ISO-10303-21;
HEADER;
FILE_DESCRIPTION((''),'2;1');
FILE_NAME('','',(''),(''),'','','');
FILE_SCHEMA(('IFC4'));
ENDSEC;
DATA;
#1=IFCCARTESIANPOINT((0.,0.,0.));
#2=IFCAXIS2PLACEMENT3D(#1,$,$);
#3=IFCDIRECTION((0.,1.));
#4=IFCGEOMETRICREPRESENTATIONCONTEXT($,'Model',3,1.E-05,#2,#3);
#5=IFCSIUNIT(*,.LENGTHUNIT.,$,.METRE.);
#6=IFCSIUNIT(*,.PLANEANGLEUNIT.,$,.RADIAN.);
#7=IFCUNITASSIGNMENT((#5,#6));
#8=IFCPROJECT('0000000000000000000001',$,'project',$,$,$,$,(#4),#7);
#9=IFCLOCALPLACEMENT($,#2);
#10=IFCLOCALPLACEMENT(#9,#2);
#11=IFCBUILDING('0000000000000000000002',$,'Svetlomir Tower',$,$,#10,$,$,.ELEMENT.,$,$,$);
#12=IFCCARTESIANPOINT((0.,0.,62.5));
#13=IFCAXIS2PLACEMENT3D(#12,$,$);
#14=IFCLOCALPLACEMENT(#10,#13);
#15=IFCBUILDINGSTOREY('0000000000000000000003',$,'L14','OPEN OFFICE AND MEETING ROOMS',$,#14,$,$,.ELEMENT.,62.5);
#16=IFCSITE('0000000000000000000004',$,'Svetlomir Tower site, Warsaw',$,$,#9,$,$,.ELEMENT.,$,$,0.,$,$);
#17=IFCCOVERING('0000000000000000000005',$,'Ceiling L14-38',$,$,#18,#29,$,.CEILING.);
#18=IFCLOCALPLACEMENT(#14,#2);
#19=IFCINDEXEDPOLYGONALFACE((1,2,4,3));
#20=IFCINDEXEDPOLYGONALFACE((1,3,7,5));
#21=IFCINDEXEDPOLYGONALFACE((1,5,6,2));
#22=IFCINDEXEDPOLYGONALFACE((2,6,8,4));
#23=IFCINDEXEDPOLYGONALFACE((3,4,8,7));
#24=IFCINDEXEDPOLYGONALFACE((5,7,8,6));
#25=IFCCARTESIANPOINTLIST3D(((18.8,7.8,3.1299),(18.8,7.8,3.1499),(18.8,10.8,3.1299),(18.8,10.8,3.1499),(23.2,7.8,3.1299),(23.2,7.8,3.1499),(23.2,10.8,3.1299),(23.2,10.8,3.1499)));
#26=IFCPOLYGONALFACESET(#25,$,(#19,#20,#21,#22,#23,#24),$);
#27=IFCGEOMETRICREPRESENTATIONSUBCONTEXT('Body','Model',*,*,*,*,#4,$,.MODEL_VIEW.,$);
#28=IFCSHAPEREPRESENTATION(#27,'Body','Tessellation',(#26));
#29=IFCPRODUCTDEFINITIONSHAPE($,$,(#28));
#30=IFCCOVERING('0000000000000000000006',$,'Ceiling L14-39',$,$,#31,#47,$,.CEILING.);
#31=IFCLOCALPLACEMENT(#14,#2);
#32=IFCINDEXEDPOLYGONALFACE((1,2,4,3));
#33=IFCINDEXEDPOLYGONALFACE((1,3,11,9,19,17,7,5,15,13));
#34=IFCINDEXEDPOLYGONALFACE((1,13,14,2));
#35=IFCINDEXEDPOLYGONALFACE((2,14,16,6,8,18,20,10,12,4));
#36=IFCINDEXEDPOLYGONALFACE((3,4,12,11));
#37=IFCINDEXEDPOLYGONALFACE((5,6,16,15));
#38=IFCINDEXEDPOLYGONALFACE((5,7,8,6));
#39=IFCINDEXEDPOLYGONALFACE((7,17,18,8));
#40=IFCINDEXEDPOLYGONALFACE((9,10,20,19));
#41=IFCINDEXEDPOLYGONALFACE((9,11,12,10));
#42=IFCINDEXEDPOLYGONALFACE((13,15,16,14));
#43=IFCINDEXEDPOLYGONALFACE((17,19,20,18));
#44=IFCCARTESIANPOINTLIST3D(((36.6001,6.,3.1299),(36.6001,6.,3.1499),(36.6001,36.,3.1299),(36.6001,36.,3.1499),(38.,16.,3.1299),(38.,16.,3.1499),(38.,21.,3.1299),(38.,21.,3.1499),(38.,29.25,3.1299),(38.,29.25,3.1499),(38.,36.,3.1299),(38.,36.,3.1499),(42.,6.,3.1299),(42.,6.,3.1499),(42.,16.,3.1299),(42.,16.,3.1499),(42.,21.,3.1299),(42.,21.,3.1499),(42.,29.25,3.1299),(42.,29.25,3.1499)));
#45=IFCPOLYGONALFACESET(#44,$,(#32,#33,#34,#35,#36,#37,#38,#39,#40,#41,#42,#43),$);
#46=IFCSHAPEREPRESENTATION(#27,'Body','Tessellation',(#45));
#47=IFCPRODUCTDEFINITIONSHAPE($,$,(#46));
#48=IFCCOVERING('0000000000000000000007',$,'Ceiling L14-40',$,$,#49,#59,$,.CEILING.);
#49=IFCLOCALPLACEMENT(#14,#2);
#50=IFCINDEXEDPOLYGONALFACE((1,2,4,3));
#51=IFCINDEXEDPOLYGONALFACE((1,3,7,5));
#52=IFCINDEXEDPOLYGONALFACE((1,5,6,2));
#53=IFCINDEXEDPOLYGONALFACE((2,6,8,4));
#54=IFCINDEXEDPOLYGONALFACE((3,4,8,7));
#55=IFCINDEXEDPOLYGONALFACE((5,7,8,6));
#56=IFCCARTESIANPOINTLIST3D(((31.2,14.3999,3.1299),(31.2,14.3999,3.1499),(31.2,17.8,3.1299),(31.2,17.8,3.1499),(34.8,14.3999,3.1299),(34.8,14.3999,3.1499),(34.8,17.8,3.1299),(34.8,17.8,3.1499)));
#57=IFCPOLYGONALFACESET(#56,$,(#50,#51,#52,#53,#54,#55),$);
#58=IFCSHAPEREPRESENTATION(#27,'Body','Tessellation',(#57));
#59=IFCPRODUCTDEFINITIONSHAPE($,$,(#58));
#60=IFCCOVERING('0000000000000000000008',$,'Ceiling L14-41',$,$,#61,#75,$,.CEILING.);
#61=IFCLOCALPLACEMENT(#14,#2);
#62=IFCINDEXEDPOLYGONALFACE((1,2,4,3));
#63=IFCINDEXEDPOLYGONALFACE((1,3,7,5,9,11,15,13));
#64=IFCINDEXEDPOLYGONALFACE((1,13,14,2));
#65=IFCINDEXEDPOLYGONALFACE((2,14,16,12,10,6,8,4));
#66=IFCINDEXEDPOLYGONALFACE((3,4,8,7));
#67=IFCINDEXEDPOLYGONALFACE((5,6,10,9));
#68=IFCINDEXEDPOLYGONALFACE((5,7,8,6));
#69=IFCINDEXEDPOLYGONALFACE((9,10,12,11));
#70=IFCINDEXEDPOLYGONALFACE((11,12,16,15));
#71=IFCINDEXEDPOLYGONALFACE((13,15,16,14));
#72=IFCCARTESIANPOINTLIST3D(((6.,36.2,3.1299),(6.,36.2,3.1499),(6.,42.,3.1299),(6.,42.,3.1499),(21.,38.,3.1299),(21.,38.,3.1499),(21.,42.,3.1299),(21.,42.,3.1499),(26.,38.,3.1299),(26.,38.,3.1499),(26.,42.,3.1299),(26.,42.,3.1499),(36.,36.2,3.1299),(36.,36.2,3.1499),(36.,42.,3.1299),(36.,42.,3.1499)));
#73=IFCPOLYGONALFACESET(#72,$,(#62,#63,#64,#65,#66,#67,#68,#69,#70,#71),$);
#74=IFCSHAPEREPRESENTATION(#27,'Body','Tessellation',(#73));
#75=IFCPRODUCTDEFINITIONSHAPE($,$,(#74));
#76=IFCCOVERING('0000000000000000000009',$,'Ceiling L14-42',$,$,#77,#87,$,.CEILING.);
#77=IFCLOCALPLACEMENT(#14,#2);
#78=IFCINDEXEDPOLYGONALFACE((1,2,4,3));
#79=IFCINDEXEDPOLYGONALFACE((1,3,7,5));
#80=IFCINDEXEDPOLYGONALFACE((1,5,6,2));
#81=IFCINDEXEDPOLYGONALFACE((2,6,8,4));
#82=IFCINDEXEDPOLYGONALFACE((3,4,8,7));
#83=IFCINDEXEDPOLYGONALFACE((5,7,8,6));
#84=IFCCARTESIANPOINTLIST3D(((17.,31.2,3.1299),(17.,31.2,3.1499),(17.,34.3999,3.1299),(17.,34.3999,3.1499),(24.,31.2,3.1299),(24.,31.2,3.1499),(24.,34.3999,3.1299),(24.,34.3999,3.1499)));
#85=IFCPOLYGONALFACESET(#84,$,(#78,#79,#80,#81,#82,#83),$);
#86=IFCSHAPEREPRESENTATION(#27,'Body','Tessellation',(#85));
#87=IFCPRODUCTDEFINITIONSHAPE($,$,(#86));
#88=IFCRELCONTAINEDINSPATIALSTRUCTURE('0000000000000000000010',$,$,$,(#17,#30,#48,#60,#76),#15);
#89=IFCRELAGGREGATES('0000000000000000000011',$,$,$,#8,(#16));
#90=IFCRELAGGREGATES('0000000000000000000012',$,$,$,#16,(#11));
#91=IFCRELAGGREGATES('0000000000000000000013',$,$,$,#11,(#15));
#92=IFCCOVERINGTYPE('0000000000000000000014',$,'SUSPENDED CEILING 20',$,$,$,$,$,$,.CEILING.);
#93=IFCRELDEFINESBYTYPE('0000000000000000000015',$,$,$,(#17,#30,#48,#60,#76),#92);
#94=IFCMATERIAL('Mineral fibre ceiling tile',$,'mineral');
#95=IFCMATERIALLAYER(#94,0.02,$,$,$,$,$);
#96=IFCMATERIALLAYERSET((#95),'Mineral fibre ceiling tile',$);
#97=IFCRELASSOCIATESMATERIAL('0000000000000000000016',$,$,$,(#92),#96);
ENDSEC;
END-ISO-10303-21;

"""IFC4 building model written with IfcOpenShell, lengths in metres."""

from ifc_helpers import new_model, si_unit, direction, frame, origin, place, context, subcontext, project, spatial, polyline, outline, extrude, material, layer, layer_set, type_object, element, save


model = new_model("IFC4")

# Units and contexts
model_context = context("Model", 3, precision=1e-05, world=origin(), true_north=direction((0.0, 1.0)))
body_context = subcontext(model_context, "Body", "Model", "MODEL_VIEW")
ifc_project = project(units=[si_unit("LENGTHUNIT", "METRE"), si_unit("PLANEANGLEUNIT", "RADIAN")], contexts=[model_context])

# Site, building, storey
site_placement = place(None, origin())
site = spatial("IfcSite", under=ifc_project, at=site_placement, Name="Svetlomir Tower site, Warsaw", CompositionType="ELEMENT", RefElevation=0.0)
building_placement = place(site_placement, origin())
building = spatial("IfcBuilding", under=site, at=building_placement, Name="Svetlomir Tower", CompositionType="ELEMENT")
storey_placement = place(building_placement, frame((0.0, 0.0, 62.5)))
storey = spatial("IfcBuildingStorey", under=building, at=storey_placement, Name="L14", Description="OPEN OFFICE AND MEETING ROOMS", CompositionType="ELEMENT", Elevation=62.5)

# Coverings
ifc_material_1 = material(Name="Mineral fibre ceiling tile", Category="mineral")
ifc_layer_1 = layer(ifc_material_1, 0.02)
ifc_layer_set_1 = layer_set([ifc_layer_1], Name="Mineral fibre ceiling tile")
covering_type_1 = type_object("IfcCoveringType", Name="SUSPENDED CEILING 20", PredefinedType="CEILING", material=ifc_layer_set_1)
covering_1_placement = place(storey_placement, frame((0.0, 0.0, 3.1299)))
element("IfcCovering", 1, at=covering_1_placement, inside=storey, type_object=covering_type_1, Name="Ceiling L14-38", PredefinedType="CEILING", context=body_context, shape_type="SweptSolid", body=[
    extrude(outline(polyline([(23.2, 10.8), (23.2, 7.8), (18.8, 7.8), (18.8, 10.8), (23.2, 10.8)])), origin(), (0.0, 0.0, 1.0), 0.02),
])
covering_2_placement = place(storey_placement, frame((0.0, 0.0, 3.1299)))
element("IfcCovering", 2, at=covering_2_placement, inside=storey, type_object=covering_type_1, Name="Ceiling L14-39", PredefinedType="CEILING", context=body_context, shape_type="SweptSolid", body=[
    extrude(outline(polyline([(38.0, 29.25), (42.0, 29.25), (42.0, 21.0), (38.0, 21.0), (38.0, 16.0), (42.0, 16.0), (42.0, 6.0), (36.6001, 6.0), (36.6001, 36.0), (38.0, 36.0), (38.0, 29.25)])), origin(), (0.0, 0.0, 1.0), 0.02),
])
covering_3_placement = place(storey_placement, frame((0.0, 0.0, 3.1299)))
element("IfcCovering", 3, at=covering_3_placement, inside=storey, type_object=covering_type_1, Name="Ceiling L14-40", PredefinedType="CEILING", context=body_context, shape_type="SweptSolid", body=[
    extrude(outline(polyline([(31.2, 14.3999), (31.2, 17.8), (34.8, 17.8), (34.8, 14.3999), (31.2, 14.3999)])), origin(), (0.0, 0.0, 1.0), 0.02),
])
covering_4_placement = place(storey_placement, frame((0.0, 0.0, 3.1299)))
element("IfcCovering", 4, at=covering_4_placement, inside=storey, type_object=covering_type_1, Name="Ceiling L14-41", PredefinedType="CEILING", context=body_context, shape_type="SweptSolid", body=[
    extrude(outline(polyline([(21.0, 42.0), (21.0, 38.0), (26.0, 38.0), (26.0, 42.0), (36.0, 42.0), (36.0, 36.2), (6.0, 36.2), (6.0, 42.0), (21.0, 42.0)])), origin(), (0.0, 0.0, 1.0), 0.02),
])
covering_5_placement = place(storey_placement, frame((0.0, 0.0, 3.1299)))
element("IfcCovering", 5, at=covering_5_placement, inside=storey, type_object=covering_type_1, Name="Ceiling L14-42", PredefinedType="CEILING", context=body_context, shape_type="SweptSolid", body=[
    extrude(outline(polyline([(17.0, 31.2), (17.0, 34.3999), (24.0, 34.3999), (24.0, 31.2), (17.0, 31.2)])), origin(), (0.0, 0.0, 1.0), 0.02),
])

save(model, "model.ifc")
